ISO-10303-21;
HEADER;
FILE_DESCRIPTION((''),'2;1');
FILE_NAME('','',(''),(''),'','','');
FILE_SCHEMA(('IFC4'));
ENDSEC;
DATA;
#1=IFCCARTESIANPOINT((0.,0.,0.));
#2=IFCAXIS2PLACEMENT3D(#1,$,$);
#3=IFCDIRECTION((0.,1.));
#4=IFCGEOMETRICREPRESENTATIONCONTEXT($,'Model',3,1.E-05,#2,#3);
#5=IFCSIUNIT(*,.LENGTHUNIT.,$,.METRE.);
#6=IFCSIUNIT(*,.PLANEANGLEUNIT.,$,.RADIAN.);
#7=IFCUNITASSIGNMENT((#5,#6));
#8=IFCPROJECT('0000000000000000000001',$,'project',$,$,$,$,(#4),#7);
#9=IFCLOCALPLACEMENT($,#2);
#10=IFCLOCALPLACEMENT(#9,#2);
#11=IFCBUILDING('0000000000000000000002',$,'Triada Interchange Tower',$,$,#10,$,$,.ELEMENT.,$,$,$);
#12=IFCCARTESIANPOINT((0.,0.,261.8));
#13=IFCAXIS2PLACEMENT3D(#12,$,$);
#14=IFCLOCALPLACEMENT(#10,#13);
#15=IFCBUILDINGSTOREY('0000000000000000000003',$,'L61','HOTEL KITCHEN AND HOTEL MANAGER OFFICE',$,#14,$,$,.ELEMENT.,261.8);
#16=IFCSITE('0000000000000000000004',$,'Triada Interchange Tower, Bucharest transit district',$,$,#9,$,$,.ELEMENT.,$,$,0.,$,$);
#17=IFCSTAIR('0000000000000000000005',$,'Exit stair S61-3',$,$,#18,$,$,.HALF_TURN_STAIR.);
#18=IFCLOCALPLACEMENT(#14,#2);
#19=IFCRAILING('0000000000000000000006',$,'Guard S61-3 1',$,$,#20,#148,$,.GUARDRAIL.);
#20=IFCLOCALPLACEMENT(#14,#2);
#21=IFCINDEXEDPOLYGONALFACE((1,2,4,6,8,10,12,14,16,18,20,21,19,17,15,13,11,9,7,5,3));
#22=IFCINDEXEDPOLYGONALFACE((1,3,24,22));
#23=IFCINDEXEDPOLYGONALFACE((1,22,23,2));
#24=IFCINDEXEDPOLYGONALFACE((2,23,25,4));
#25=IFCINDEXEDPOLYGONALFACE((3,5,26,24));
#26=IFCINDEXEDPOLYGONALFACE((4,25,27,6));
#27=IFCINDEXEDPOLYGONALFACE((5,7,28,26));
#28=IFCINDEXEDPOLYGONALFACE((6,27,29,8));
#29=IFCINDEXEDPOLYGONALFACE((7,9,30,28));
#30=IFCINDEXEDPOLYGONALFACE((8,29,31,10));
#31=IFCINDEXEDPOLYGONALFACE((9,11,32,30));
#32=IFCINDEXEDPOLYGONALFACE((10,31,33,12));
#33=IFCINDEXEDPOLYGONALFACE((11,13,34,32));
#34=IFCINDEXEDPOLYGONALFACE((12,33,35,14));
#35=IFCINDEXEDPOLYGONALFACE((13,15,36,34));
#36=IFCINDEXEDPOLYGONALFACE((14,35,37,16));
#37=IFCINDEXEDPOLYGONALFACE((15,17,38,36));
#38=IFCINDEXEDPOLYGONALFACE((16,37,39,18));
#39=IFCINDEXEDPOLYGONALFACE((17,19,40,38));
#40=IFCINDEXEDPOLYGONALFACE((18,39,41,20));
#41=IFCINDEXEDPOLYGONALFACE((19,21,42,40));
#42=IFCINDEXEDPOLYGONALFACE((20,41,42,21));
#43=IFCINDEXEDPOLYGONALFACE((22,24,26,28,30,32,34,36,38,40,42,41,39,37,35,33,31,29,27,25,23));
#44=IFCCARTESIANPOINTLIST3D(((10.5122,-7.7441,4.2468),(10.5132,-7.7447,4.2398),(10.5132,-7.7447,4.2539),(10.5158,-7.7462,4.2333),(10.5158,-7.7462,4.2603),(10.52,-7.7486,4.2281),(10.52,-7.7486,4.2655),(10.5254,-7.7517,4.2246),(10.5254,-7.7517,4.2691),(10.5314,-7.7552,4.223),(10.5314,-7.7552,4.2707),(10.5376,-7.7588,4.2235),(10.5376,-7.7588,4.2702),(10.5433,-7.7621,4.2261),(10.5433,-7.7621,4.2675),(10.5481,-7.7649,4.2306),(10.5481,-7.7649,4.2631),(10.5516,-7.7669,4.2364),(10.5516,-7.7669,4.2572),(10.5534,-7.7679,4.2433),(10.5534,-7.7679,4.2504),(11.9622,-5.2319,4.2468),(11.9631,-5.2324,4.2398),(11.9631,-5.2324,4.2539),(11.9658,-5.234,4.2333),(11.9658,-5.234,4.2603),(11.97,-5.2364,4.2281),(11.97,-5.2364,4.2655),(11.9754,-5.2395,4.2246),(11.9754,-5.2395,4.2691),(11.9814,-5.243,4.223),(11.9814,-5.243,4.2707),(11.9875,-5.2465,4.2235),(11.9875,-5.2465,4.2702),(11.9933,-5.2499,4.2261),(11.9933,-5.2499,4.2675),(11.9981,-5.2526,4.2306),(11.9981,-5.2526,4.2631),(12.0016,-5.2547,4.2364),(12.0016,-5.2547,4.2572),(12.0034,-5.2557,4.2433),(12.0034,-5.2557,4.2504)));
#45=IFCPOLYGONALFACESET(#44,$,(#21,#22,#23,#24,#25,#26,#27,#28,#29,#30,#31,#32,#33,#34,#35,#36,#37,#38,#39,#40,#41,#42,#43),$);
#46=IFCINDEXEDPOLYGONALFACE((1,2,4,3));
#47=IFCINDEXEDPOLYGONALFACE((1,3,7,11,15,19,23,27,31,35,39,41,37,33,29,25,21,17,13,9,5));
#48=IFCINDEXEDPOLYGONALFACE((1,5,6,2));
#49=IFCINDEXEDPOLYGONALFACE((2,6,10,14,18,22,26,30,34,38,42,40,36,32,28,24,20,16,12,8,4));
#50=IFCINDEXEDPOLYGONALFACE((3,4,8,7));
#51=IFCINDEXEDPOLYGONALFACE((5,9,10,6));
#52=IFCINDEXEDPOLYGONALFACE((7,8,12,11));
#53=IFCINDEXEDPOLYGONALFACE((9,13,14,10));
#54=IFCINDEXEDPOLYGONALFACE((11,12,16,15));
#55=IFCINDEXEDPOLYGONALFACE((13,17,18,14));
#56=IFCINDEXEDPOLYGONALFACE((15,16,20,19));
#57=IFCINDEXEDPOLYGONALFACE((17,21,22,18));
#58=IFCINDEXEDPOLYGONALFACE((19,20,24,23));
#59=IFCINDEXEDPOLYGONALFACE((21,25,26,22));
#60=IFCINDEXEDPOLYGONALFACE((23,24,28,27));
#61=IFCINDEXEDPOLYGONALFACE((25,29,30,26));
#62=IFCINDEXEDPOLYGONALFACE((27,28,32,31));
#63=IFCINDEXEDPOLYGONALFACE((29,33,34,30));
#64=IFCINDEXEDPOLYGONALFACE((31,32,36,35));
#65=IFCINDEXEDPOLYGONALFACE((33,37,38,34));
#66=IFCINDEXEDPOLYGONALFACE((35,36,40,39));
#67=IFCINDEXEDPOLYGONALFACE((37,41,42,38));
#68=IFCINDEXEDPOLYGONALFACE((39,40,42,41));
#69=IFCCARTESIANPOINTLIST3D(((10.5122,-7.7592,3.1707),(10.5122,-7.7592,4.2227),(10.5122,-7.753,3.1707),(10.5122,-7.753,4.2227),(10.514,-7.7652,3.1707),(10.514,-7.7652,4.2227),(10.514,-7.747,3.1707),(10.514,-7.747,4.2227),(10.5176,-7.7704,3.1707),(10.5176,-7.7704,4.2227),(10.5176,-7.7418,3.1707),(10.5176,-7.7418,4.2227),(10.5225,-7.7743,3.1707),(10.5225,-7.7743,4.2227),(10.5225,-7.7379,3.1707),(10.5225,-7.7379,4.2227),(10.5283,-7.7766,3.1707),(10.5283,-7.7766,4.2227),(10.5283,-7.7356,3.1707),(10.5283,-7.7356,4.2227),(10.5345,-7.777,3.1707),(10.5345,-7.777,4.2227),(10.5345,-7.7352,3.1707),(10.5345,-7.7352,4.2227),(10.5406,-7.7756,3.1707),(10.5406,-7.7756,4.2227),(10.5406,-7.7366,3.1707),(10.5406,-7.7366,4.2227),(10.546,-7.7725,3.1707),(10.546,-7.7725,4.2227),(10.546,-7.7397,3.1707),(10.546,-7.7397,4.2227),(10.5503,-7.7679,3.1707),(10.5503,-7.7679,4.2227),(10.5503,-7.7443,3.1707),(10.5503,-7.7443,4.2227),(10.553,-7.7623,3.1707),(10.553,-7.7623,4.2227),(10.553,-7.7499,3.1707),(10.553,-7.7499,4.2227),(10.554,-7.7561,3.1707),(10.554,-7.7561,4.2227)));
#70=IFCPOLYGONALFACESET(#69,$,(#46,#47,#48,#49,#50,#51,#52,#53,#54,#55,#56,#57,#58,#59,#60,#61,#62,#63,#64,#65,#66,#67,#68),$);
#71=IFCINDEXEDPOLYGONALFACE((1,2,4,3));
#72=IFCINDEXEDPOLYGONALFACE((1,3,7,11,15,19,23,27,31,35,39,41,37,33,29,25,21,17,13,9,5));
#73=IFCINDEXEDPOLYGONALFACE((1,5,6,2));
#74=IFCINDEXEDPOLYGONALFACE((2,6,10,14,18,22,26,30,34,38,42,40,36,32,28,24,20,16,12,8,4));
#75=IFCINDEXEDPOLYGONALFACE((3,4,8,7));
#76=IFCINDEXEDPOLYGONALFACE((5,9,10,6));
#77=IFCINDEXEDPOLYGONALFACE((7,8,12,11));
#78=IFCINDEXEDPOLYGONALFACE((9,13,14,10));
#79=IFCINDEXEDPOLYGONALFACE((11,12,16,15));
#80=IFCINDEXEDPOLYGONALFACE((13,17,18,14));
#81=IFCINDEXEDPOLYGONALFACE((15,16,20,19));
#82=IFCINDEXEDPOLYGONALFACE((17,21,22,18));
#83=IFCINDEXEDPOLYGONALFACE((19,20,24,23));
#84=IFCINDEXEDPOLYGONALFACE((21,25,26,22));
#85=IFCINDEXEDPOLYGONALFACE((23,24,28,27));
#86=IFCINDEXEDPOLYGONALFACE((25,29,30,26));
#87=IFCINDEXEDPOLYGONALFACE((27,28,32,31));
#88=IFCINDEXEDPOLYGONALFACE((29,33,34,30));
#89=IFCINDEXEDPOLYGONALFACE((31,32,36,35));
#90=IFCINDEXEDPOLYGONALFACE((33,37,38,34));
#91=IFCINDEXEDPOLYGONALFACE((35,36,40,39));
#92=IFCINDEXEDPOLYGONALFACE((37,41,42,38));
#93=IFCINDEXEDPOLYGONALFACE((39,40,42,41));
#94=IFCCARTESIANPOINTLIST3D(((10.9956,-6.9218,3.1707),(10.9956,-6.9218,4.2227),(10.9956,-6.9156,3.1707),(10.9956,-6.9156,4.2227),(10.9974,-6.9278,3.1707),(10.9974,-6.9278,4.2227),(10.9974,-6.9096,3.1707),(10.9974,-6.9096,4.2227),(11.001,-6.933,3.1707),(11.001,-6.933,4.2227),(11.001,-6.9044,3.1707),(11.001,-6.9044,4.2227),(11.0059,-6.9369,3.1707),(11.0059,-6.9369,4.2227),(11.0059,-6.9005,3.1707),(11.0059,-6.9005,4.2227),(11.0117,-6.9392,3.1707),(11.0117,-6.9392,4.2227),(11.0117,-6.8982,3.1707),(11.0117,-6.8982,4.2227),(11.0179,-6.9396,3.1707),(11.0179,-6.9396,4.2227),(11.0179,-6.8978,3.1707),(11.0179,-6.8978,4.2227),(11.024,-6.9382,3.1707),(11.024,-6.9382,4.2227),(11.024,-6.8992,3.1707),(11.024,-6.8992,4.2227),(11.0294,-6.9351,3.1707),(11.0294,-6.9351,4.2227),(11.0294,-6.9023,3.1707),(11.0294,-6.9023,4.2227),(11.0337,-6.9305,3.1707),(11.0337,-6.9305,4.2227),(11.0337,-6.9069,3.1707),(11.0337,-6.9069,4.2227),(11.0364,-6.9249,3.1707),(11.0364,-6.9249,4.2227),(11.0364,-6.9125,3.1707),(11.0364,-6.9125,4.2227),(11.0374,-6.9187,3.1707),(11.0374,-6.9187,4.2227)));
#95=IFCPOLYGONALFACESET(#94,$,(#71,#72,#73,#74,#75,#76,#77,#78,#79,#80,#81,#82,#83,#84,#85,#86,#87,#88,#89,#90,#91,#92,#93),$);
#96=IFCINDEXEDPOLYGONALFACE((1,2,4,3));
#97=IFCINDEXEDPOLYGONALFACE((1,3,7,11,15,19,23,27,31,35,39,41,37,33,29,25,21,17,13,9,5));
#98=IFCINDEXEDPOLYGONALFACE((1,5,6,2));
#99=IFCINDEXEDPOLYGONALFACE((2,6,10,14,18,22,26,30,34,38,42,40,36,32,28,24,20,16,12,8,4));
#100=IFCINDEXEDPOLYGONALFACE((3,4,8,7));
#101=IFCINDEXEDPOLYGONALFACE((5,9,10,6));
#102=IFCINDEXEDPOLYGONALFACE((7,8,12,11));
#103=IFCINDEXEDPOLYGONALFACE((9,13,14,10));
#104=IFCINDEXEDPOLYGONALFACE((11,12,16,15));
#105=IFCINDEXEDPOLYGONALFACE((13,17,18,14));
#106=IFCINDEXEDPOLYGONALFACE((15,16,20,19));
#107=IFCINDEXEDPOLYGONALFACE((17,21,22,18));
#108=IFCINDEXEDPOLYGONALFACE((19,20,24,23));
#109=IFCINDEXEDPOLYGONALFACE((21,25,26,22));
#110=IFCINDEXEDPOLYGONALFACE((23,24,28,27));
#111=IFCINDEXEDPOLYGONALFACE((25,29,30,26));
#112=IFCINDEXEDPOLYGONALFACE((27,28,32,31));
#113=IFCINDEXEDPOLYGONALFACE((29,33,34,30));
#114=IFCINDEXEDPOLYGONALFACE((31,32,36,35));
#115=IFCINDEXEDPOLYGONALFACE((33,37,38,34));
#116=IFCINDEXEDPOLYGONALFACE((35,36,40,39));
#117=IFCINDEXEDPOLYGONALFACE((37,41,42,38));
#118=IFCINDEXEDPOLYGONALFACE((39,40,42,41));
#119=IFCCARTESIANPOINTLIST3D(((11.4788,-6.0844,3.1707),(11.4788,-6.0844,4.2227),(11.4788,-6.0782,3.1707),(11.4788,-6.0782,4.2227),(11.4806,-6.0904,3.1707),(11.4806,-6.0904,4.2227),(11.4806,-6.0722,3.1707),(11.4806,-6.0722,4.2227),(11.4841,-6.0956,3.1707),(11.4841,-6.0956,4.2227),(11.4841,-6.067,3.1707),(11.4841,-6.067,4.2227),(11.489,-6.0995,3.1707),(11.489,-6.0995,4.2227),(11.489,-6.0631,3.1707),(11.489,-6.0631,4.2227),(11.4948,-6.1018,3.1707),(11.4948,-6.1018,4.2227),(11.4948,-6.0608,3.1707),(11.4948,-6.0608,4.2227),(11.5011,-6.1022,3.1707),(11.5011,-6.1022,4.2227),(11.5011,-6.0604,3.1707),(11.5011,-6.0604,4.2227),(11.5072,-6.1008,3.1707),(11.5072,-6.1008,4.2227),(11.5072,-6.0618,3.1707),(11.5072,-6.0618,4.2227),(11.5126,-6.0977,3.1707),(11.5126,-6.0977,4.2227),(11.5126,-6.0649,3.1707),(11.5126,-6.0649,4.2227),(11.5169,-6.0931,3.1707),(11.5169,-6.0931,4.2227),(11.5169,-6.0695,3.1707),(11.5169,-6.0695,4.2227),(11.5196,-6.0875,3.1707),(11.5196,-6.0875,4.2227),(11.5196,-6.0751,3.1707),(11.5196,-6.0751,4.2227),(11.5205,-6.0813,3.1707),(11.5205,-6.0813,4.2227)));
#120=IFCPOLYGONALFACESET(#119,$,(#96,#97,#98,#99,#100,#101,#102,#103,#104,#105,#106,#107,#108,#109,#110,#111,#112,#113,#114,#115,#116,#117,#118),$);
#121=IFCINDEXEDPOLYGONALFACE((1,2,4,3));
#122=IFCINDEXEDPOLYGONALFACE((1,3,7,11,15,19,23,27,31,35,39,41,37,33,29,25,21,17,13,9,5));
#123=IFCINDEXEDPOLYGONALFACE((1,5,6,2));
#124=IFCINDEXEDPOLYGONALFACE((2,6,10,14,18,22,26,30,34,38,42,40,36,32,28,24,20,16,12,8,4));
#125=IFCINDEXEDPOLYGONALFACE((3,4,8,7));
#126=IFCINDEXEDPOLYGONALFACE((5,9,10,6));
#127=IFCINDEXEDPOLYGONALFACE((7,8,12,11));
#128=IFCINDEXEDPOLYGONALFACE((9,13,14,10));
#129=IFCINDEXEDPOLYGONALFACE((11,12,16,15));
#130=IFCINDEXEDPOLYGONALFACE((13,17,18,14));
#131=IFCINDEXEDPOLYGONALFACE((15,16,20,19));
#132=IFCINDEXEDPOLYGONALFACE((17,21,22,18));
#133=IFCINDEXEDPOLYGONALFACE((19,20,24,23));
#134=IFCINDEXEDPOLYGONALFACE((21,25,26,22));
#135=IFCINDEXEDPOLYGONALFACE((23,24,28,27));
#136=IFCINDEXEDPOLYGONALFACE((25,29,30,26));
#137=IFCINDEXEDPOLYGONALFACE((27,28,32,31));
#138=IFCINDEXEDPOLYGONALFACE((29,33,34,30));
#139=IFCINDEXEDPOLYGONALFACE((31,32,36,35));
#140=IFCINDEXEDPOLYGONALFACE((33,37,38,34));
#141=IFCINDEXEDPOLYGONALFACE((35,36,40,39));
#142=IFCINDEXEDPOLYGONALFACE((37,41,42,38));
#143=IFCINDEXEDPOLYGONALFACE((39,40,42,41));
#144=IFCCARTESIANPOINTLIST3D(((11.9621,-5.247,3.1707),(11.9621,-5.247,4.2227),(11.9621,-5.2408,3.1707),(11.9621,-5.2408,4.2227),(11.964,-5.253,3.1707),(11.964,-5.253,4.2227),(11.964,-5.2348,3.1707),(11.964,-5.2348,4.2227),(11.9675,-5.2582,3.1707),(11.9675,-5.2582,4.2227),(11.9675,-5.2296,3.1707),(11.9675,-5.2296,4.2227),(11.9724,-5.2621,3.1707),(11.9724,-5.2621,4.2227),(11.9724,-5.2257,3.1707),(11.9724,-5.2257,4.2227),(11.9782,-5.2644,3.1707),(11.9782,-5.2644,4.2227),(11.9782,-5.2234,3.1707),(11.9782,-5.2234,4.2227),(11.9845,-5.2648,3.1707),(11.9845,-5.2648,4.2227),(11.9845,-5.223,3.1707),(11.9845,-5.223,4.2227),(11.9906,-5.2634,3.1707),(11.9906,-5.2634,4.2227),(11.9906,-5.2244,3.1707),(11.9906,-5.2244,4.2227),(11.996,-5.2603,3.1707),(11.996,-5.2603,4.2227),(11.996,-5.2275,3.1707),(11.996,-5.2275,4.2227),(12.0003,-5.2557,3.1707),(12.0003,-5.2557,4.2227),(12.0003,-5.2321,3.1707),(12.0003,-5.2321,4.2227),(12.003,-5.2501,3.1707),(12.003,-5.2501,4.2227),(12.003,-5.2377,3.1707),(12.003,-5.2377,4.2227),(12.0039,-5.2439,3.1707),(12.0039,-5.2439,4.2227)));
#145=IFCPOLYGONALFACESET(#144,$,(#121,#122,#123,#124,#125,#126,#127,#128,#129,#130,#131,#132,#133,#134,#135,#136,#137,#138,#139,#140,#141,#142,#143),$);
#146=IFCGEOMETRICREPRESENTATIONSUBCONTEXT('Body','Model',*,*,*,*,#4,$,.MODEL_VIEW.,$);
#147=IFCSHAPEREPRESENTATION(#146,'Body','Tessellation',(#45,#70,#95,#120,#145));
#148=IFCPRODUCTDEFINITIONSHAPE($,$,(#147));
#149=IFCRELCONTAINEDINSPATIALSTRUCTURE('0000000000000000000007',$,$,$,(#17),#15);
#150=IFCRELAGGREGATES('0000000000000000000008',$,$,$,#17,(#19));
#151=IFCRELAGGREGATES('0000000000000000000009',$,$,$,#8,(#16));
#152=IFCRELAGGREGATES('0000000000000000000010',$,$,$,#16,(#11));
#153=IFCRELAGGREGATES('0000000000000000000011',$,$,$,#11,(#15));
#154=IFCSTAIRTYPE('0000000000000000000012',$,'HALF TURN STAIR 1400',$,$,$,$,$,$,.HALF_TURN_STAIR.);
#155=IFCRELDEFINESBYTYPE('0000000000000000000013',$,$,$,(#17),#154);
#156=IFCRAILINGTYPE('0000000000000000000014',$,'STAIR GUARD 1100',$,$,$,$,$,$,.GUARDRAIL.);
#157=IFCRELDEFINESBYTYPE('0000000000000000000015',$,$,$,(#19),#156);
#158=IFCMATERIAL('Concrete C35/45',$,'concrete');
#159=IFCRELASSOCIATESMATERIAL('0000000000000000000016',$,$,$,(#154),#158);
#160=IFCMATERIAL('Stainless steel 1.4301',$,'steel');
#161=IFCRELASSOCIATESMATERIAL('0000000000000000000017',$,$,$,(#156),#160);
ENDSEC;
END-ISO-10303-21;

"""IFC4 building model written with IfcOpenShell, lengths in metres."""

from ifc_helpers import new_model, si_unit, direction, frame, origin, origin_2d, place, context, subcontext, project, spatial, circle, extrude, material, type_object, element, aggregate, save


model = new_model("IFC4")

# Units and contexts
model_context = context("Model", 3, precision=1e-05, world=origin(), true_north=direction((0.0, 1.0)))
body_context = subcontext(model_context, "Body", "Model", "MODEL_VIEW")
ifc_project = project(units=[si_unit("LENGTHUNIT", "METRE"), si_unit("PLANEANGLEUNIT", "RADIAN")], contexts=[model_context])

# Site, building, storey
site_placement = place(None, origin())
site = spatial("IfcSite", under=ifc_project, at=site_placement, Name="Triada Interchange Tower, Bucharest transit district", CompositionType="ELEMENT", RefElevation=0.0)
building_placement = place(site_placement, origin())
building = spatial("IfcBuilding", under=site, at=building_placement, Name="Triada Interchange Tower", CompositionType="ELEMENT")
storey_placement = place(building_placement, frame((0.0, 0.0, 261.8)))
storey = spatial("IfcBuildingStorey", under=building, at=storey_placement, Name="L61", Description="HOTEL KITCHEN AND HOTEL MANAGER OFFICE", CompositionType="ELEMENT", Elevation=261.8)

# Shared definitions
ifc_material_1 = material(Name="Concrete C35/45", Category="concrete")

# Stair, railing
stair_type = type_object("IfcStairType", Name="HALF TURN STAIR 1400", PredefinedType="HALF_TURN_STAIR", material=ifc_material_1)
stair_placement = place(storey_placement, origin())
stair = element("IfcStair", 1, at=stair_placement, inside=storey, type_object=stair_type, Name="Exit stair S61-3", PredefinedType="HALF_TURN_STAIR")
ifc_material_2 = material(Name="Stainless steel 1.4301", Category="steel")
railing_type_1 = type_object("IfcRailingType", Name="STAIR GUARD 1100", PredefinedType="GUARDRAIL", material=ifc_material_2)
railing_1_placement = place(storey_placement, frame((10.533, -7.7561, 3.1707)))
railing_1 = element("IfcRailing", 2, at=railing_1_placement, type_object=railing_type_1, Name="Guard S61-3 1", PredefinedType="GUARDRAIL", context=body_context, shape_type="SweptSolid", body=[
    extrude(circle(Radius=0.0239, at=origin_2d()), frame((0.0, 0.0, 1.0762), z_axis=(0.499878, 0.866096, 0.0), x_axis=(-0.866096, 0.499878, 0.0)), (0.0, 0.0, 1.0), 2.9006),
    extrude(circle(Radius=0.021, at=origin_2d()), origin(), (0.0, 0.0, 1.0), 1.052),
    extrude(circle(Radius=0.021, at=origin_2d()), frame((0.4834, 0.8374, 0.0)), (0.0, 0.0, 1.0), 1.052),
    extrude(circle(Radius=0.021, at=origin_2d()), frame((0.9666, 1.6748, 0.0)), (0.0, 0.0, 1.0), 1.052),
    extrude(circle(Radius=0.021, at=origin_2d()), frame((1.45, 2.5122, 0.0)), (0.0, 0.0, 1.0), 1.052),
])
aggregate(stair, [railing_1])

save(model, "model.ifc")
